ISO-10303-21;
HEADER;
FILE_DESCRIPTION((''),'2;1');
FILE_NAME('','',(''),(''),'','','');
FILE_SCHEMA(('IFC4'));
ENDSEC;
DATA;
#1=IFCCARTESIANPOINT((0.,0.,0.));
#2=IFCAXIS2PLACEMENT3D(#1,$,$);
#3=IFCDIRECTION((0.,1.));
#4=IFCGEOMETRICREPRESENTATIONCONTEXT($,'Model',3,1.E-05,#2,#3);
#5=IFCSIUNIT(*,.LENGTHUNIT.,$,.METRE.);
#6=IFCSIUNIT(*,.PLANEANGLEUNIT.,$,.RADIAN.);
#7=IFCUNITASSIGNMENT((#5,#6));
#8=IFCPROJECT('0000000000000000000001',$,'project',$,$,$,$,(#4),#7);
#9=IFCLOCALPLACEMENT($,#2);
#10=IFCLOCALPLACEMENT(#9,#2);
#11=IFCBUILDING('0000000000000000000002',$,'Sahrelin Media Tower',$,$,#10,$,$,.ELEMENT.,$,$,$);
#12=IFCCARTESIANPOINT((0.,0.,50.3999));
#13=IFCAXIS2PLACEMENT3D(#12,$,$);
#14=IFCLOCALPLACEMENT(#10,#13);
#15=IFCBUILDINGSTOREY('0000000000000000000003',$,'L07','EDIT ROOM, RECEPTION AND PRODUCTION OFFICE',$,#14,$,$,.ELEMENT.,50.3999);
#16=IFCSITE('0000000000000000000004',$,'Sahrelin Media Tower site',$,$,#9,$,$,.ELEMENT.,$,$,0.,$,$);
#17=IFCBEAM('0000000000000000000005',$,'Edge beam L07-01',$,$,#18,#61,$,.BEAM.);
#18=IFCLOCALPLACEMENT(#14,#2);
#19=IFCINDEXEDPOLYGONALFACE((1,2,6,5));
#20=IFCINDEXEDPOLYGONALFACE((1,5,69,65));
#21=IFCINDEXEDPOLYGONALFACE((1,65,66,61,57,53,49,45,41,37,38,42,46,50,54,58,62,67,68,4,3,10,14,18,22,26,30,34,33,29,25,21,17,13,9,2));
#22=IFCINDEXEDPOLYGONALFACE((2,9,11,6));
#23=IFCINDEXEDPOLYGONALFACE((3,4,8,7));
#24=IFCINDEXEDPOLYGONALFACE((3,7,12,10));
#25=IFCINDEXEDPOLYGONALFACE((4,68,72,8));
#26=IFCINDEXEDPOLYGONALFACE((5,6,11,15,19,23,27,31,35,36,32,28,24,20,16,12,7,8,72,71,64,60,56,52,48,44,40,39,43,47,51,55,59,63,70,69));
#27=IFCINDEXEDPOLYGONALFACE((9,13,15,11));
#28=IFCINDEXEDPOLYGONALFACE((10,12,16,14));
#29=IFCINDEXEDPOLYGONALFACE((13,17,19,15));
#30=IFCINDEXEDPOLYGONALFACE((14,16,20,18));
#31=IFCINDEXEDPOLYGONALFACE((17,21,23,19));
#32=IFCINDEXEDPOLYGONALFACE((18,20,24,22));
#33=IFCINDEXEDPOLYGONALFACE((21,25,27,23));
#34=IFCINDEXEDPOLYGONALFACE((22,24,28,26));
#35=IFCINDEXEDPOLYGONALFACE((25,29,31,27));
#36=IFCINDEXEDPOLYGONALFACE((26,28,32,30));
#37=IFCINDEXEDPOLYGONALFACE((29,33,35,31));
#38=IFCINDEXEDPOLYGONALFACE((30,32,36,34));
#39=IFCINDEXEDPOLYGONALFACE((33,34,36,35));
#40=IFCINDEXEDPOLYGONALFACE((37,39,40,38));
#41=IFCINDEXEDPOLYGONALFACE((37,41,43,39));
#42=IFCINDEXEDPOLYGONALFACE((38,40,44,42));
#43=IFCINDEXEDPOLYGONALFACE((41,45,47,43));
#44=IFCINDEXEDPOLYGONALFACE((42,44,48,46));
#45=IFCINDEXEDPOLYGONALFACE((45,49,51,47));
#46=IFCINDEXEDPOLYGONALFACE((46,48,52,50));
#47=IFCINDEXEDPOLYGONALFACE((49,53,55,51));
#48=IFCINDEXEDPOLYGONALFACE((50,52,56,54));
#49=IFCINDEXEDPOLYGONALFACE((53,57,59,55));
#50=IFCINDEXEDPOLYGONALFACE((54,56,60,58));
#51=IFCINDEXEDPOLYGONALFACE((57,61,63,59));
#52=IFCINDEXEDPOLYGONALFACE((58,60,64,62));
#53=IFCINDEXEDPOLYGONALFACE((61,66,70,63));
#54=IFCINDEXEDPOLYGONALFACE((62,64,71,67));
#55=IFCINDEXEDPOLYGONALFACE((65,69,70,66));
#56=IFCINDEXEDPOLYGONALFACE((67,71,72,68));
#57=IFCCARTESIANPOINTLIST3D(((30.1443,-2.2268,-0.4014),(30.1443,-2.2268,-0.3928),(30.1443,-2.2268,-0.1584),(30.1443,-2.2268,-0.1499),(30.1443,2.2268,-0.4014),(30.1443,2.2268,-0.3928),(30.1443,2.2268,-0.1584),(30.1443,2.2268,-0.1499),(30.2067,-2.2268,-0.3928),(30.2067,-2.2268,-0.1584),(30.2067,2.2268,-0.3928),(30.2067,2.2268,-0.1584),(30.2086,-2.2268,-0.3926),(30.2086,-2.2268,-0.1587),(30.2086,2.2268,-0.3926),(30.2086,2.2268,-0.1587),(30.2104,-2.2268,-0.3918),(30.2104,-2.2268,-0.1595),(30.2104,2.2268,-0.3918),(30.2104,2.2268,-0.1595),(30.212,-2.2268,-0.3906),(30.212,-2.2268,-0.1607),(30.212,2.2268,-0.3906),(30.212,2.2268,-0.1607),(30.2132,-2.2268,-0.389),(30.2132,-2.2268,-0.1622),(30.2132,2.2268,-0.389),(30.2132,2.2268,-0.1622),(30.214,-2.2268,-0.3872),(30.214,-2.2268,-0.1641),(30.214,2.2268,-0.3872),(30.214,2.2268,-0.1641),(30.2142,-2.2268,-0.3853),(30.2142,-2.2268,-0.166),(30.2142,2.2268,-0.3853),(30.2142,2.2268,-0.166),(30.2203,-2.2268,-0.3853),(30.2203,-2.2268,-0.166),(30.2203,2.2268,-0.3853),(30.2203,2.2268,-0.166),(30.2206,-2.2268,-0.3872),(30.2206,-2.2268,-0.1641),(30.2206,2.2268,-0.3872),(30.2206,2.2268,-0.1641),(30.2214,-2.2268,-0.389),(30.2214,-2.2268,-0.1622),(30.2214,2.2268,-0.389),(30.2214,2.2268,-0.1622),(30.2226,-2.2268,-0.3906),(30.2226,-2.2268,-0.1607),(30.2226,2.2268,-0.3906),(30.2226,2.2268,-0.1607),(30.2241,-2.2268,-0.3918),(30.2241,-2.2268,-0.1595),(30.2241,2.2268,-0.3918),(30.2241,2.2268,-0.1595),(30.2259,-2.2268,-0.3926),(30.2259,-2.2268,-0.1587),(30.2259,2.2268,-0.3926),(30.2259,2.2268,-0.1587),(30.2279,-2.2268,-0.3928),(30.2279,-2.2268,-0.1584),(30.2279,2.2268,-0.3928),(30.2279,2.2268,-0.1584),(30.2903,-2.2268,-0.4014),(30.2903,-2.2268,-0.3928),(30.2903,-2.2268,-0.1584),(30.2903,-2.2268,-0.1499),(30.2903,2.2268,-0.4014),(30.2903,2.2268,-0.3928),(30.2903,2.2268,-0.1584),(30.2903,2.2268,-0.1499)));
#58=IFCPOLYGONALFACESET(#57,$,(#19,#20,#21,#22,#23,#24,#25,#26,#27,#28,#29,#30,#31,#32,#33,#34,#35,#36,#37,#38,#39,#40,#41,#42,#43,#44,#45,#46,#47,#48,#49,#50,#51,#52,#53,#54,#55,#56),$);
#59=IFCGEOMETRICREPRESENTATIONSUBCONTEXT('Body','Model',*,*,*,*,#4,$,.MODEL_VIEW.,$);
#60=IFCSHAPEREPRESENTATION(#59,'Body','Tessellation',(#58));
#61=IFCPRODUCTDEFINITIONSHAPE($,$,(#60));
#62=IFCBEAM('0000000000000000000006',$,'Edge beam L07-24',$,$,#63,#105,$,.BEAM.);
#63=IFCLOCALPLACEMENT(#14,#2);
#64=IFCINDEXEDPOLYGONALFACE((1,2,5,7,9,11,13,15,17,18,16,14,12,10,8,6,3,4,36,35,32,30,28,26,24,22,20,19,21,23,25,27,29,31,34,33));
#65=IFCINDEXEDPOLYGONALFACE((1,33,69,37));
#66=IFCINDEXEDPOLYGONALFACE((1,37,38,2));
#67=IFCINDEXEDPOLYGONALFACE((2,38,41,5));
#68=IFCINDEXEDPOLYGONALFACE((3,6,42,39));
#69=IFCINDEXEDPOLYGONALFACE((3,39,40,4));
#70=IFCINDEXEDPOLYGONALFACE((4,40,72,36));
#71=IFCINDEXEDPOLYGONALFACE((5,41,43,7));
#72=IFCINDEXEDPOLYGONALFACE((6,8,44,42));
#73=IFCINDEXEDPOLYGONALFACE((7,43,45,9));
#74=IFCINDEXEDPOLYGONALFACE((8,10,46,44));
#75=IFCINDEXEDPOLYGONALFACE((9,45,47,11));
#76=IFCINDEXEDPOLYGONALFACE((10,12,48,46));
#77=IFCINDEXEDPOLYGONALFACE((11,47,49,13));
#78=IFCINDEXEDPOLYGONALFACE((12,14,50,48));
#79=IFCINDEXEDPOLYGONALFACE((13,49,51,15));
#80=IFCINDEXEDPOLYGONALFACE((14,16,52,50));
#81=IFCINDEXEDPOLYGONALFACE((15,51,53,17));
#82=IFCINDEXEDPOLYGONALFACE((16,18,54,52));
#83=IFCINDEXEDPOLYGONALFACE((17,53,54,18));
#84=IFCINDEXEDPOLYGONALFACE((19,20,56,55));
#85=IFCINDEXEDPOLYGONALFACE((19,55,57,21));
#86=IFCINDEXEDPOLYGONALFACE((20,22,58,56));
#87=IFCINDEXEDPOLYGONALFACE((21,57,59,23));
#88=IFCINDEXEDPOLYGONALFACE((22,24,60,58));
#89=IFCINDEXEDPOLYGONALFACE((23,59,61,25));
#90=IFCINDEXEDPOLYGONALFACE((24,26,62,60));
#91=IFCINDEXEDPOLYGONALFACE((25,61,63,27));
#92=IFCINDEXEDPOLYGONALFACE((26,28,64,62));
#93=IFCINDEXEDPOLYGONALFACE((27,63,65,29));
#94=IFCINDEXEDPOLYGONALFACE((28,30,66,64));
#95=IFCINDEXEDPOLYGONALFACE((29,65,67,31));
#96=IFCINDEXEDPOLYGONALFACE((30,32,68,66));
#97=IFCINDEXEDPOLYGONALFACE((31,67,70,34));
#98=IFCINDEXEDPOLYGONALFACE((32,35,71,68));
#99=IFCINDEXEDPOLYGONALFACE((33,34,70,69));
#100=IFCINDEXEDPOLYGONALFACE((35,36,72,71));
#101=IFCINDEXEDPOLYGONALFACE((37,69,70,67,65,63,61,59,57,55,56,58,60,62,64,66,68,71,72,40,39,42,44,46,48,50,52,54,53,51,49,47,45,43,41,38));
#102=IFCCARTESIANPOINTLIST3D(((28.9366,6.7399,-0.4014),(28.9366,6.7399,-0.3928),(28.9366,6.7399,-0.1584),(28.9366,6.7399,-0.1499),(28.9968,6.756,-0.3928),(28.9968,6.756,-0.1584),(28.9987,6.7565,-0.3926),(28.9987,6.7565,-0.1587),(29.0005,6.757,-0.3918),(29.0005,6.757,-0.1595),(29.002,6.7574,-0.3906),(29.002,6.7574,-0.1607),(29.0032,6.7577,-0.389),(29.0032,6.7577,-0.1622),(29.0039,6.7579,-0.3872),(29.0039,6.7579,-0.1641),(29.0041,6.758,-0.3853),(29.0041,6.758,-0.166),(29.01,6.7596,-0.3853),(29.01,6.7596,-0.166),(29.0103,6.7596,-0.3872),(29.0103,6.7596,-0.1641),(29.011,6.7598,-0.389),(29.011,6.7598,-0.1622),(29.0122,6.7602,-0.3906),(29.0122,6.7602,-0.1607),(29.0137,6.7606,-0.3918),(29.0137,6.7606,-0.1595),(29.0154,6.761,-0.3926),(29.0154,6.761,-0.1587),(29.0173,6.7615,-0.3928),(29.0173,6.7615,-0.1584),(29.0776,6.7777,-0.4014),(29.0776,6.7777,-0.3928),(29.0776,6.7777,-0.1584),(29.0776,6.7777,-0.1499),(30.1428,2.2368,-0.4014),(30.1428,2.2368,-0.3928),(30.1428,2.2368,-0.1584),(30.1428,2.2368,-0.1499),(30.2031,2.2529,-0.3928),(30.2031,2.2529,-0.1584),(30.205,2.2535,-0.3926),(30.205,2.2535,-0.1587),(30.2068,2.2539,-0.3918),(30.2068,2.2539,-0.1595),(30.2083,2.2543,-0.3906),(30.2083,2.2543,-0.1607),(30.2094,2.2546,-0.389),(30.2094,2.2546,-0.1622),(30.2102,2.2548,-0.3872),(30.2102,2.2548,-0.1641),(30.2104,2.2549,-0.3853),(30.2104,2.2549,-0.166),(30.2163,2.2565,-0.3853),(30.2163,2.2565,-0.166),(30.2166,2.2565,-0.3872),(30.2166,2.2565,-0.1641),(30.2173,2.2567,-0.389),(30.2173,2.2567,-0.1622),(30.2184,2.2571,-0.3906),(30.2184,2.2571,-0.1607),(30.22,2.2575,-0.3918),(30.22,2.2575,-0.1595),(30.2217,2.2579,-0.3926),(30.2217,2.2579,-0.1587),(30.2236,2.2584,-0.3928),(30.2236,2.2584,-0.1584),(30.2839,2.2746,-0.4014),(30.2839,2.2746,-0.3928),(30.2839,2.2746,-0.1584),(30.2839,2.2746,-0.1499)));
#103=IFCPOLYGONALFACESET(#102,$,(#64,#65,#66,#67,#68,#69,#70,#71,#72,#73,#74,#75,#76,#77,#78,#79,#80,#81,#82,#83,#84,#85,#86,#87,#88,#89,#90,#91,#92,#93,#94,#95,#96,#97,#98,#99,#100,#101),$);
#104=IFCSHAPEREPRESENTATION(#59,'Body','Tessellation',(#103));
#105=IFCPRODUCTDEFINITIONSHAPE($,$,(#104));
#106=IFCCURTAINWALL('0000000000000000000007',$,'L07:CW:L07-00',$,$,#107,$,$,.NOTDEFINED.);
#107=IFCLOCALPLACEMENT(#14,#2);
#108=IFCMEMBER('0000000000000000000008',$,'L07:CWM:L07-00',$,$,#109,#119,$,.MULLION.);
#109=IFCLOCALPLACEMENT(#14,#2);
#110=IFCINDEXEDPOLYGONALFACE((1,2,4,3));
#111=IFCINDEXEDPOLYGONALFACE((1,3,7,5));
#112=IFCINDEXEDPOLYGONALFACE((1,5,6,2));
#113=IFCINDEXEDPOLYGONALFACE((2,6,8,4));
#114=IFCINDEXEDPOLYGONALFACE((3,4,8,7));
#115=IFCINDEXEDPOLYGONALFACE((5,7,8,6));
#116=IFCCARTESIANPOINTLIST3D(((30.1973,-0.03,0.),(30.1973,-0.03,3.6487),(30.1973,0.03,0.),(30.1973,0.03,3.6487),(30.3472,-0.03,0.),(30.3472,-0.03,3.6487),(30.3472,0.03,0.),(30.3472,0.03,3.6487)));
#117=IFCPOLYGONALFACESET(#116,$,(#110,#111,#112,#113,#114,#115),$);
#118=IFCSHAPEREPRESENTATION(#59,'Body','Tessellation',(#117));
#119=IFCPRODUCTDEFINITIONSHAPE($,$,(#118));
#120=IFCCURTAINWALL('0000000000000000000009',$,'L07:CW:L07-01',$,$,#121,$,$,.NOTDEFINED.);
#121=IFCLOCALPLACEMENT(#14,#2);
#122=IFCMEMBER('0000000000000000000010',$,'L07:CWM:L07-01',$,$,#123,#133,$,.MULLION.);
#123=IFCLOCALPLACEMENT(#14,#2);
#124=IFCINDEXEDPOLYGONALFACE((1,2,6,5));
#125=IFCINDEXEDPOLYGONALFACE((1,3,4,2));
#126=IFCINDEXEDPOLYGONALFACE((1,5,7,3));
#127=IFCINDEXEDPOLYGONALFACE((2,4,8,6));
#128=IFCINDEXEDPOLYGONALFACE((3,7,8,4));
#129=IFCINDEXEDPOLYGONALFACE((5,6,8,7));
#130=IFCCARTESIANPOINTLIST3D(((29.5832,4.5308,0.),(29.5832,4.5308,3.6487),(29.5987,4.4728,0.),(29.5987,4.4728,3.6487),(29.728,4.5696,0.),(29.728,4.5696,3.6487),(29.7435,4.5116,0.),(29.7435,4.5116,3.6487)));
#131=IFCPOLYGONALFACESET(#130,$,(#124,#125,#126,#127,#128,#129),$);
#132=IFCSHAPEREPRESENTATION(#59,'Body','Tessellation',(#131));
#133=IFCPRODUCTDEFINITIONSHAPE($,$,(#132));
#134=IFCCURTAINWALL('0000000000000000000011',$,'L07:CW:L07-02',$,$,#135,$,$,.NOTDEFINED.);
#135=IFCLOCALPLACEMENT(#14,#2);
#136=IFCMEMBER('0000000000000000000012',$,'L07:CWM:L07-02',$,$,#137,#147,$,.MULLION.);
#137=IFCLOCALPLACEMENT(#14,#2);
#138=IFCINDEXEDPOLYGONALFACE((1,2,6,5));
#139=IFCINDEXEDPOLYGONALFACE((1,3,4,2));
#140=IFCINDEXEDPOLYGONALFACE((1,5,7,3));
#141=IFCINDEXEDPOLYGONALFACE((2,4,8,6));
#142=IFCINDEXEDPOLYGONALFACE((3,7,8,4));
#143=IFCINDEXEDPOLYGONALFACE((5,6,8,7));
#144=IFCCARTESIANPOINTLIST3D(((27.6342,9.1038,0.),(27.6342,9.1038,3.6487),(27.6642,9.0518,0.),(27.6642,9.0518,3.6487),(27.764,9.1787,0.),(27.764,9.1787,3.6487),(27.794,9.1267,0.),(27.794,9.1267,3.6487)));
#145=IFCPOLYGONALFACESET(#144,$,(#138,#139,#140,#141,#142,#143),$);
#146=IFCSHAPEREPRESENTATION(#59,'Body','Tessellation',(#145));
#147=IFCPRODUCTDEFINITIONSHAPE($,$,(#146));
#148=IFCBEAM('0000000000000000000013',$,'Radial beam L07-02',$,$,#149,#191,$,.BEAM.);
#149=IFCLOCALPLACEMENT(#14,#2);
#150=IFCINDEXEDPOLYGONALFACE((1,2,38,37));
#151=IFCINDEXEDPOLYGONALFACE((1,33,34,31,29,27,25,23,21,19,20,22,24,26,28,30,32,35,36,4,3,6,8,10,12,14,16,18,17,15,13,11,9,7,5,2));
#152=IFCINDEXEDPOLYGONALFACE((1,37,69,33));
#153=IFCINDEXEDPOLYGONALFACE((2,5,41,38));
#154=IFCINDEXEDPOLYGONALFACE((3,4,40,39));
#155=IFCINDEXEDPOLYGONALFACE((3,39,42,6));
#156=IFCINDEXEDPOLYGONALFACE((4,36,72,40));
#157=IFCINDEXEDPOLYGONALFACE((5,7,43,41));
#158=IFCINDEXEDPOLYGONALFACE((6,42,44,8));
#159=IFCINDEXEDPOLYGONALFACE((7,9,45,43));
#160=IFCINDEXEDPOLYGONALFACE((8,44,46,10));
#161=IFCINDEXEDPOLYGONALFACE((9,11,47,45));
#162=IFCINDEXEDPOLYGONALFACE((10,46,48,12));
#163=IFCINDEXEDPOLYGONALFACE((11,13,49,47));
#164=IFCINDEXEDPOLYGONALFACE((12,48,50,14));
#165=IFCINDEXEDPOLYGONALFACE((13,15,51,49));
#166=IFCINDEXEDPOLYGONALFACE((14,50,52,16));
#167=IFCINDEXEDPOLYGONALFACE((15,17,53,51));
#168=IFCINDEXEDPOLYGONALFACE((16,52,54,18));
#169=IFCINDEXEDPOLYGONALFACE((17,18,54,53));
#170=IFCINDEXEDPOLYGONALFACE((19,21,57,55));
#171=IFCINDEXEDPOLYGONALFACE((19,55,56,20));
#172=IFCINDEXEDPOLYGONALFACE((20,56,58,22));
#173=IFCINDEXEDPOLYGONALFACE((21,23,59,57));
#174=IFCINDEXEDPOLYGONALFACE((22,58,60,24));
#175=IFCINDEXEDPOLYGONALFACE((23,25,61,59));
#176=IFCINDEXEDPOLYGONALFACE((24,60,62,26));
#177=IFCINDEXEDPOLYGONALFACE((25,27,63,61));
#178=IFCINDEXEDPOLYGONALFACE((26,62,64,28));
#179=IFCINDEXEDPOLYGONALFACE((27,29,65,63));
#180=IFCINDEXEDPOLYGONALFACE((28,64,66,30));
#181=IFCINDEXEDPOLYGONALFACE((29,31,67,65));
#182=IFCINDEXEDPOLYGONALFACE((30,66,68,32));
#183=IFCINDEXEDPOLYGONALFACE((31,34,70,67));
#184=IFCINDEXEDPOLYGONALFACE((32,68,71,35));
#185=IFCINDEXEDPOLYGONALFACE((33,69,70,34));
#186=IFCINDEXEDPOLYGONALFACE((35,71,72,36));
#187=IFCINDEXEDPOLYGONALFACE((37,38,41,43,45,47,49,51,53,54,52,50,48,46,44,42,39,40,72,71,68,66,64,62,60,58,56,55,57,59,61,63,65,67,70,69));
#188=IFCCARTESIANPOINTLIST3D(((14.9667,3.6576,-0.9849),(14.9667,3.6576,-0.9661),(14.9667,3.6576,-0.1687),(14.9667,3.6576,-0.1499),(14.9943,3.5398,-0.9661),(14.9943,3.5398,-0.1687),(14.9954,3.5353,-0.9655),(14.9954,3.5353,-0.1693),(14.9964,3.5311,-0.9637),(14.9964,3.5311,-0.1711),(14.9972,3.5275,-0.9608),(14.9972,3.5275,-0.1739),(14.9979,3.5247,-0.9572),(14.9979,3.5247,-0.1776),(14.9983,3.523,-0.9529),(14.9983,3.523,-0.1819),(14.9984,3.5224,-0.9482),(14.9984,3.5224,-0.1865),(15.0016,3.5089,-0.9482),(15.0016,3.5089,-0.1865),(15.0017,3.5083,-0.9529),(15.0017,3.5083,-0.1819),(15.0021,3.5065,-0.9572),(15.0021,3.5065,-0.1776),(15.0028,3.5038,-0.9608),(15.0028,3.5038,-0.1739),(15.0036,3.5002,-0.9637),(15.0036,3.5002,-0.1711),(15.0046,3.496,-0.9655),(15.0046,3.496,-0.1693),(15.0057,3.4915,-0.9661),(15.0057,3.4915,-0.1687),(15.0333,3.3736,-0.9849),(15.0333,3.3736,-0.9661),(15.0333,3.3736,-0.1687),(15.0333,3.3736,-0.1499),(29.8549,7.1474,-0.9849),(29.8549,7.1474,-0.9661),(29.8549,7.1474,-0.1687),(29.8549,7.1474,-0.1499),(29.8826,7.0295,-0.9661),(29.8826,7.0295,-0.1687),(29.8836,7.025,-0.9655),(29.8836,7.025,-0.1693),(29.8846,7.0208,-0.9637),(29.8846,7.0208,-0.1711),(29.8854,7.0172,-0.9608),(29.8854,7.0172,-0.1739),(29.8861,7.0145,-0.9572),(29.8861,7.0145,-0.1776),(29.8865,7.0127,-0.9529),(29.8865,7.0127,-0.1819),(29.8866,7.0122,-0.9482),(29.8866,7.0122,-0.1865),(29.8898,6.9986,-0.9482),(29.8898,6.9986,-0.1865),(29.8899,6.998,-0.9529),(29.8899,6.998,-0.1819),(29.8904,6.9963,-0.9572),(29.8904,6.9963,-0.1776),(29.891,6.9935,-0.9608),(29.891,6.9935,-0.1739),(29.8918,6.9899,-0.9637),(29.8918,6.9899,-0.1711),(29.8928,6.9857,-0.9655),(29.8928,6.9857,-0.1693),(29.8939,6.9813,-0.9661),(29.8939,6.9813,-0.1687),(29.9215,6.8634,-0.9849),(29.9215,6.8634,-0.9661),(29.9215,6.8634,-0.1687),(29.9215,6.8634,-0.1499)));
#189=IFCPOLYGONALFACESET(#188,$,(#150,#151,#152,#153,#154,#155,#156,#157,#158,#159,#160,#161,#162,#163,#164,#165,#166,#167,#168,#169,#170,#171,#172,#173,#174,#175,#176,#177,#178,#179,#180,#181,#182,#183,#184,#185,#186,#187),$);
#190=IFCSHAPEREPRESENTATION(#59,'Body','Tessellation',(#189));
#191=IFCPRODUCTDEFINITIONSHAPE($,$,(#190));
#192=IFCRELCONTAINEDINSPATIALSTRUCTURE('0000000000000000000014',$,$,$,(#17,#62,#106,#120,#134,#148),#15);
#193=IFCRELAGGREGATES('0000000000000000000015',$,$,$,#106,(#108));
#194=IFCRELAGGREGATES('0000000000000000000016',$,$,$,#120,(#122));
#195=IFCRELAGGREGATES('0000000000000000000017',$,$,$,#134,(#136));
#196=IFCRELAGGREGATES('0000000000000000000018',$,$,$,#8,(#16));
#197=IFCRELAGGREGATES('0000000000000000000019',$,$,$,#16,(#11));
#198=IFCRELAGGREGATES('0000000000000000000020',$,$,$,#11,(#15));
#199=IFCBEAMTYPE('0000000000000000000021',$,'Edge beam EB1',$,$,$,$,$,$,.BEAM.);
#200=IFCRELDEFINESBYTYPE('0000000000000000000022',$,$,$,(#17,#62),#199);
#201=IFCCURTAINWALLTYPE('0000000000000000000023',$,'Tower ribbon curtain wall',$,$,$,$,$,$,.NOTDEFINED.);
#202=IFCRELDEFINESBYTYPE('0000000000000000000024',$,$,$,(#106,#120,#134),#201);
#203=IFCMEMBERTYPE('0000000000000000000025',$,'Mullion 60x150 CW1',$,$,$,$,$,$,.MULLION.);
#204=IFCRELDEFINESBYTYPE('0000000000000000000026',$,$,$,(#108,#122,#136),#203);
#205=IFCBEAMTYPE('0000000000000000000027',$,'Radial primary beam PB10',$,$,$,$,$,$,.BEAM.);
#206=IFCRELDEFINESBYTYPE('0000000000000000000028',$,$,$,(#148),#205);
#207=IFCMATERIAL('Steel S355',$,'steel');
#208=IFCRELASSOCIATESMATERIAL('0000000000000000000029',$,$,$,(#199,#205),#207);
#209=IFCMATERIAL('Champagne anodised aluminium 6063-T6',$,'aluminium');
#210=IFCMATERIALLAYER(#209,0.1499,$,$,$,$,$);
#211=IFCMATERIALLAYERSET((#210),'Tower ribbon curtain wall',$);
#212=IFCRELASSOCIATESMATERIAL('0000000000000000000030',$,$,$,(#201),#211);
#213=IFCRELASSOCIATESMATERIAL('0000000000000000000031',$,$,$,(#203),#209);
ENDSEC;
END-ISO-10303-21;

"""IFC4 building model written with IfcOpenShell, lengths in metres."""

from ifc_helpers import new_model, si_unit, direction, frame, origin, origin_2d, place, context, subcontext, project, spatial, rectangle, i_section, extrude, material, layer, layer_set, material_profile, profile_set, type_object, element, aggregate, save


model = new_model("IFC4")

# Units and contexts
model_context = context("Model", 3, precision=1e-05, world=origin(), true_north=direction((0.0, 1.0)))
body_context = subcontext(model_context, "Body", "Model", "MODEL_VIEW")
ifc_project = project(units=[si_unit("LENGTHUNIT", "METRE"), si_unit("PLANEANGLEUNIT", "RADIAN")], contexts=[model_context])

# Site, building, storey
site_placement = place(None, origin())
site = spatial("IfcSite", under=ifc_project, at=site_placement, Name="Sahrelin Media Tower site", CompositionType="ELEMENT", RefElevation=0.0)
building_placement = place(site_placement, origin())
building = spatial("IfcBuilding", under=site, at=building_placement, Name="Sahrelin Media Tower", CompositionType="ELEMENT")
storey_placement = place(building_placement, frame((0.0, 0.0, 50.3999)))
storey = spatial("IfcBuildingStorey", under=building, at=storey_placement, Name="L07", Description="EDIT ROOM, RECEPTION AND PRODUCTION OFFICE", CompositionType="ELEMENT", Elevation=50.3999)

# Beams
ifc_material_1 = material(Name="Steel S355", Category="steel")
ifc_material_profile_1 = material_profile(ifc_material_1, i_section(OverallWidth=0.146, OverallDepth=0.2515, WebThickness=0.0061, FlangeThickness=0.0085, FilletRadius=0.0076, at=origin_2d()), Name="UB 254x146x31")
ifc_profile_set_1 = profile_set([ifc_material_profile_1], Name="Steel S355")
beam_type_1 = type_object("IfcBeamType", Name="Edge beam EB1", PredefinedType="BEAM", material=ifc_profile_set_1)
beam_1_placement = place(storey_placement, frame((30.2173, 2.2268, -0.2756), z_axis=(0.0, -1.0, 0.0), x_axis=(1.0, 0.0, 0.0)))
element("IfcBeam", 1, at=beam_1_placement, inside=storey, type_object=beam_type_1, Name="Edge beam L07-01", PredefinedType="BEAM", context=body_context, shape_type="SweptSolid", body=[
    extrude(i_section(OverallWidth=0.146, OverallDepth=0.2515, WebThickness=0.0061, FlangeThickness=0.0085, FilletRadius=0.0076, at=origin_2d()), origin(), (0.0, 0.0, 1.0), 4.4536),
])
beam_2_placement = place(storey_placement, frame((29.0071, 6.7588, -0.2756), z_axis=(0.258754, -0.965943, 0.0), x_axis=(0.965943, 0.258754, 0.0)))
element("IfcBeam", 2, at=beam_2_placement, inside=storey, type_object=beam_type_1, Name="Edge beam L07-24", PredefinedType="BEAM", context=body_context, shape_type="SweptSolid", body=[
    extrude(i_section(OverallWidth=0.146, OverallDepth=0.2515, WebThickness=0.0061, FlangeThickness=0.0085, FilletRadius=0.0076, at=origin_2d()), origin(), (0.0, 0.0, 1.0), 4.6619),
])

# Curtain walls, members
ifc_material_2 = material(Name="Champagne anodised aluminium 6063-T6", Category="aluminium")
ifc_layer_1 = layer(ifc_material_2, 0.1499)
ifc_layer_set_1 = layer_set([ifc_layer_1], Name="Tower ribbon curtain wall")
curtain_wall_type = type_object("IfcCurtainWallType", Name="Tower ribbon curtain wall", PredefinedType="NOTDEFINED", material=ifc_layer_set_1)
curtain_wall_1_placement = place(storey_placement, frame((30.3672, 0.0, 0.0), z_axis=(0.0, 0.0, 1.0), x_axis=(1.0, 0.0, 0.0)))
curtain_wall_1 = element("IfcCurtainWall", 3, at=curtain_wall_1_placement, inside=storey, type_object=curtain_wall_type, Name="L07:CW:L07-00", PredefinedType="NOTDEFINED")
ifc_material_profile_2 = material_profile(ifc_material_2, rectangle(XDim=0.0601, YDim=0.1499, at=origin_2d()), Name="Mullion 60x150")
ifc_profile_set_2 = profile_set([ifc_material_profile_2], Name="Champagne anodised aluminium 6063-T6")
member_type_1 = type_object("IfcMemberType", Name="Mullion 60x150 CW1", PredefinedType="MULLION", material=ifc_profile_set_2)
member_1_placement = place(storey_placement, frame((30.2722, 0.0, 0.0), z_axis=(0.0, 0.0, 1.0), x_axis=(0.0, 1.0, 0.0)))
member_1 = element("IfcMember", 4, at=member_1_placement, type_object=member_type_1, Name="L07:CWM:L07-00", PredefinedType="MULLION", context=body_context, shape_type="SweptSolid", body=[
    extrude(rectangle(XDim=0.0601, YDim=0.1499, at=origin_2d()), origin(), (0.0, 0.0, 1.0), 3.6487),
])
aggregate(curtain_wall_1, [member_1])
curtain_wall_2_placement = place(storey_placement, frame((29.7551, 4.5459, 0.0), z_axis=(0.0, 0.0, 1.0), x_axis=(1.0, 0.0, 0.0)))
curtain_wall_2 = element("IfcCurtainWall", 5, at=curtain_wall_2_placement, inside=storey, type_object=curtain_wall_type, Name="L07:CW:L07-01", PredefinedType="NOTDEFINED")
member_2_placement = place(storey_placement, frame((29.6633, 4.5212, 0.0), z_axis=(0.0, 0.0, 1.0), x_axis=(-0.258806, 0.965929, 0.0)))
member_2 = element("IfcMember", 6, at=member_2_placement, type_object=member_type_1, Name="L07:CWM:L07-01", PredefinedType="MULLION", context=body_context, shape_type="SweptSolid", body=[
    extrude(rectangle(XDim=0.0601, YDim=0.1499, at=origin_2d()), origin(), (0.0, 0.0, 1.0), 3.6487),
])
curtain_wall_3_placement = place(storey_placement, frame((27.7964, 9.1628, 0.0), z_axis=(0.0, 0.0, 1.0), x_axis=(1.0, 0.0, 0.0)))
curtain_wall_3 = element("IfcCurtainWall", 7, at=curtain_wall_3_placement, inside=storey, type_object=curtain_wall_type, Name="L07:CW:L07-02", PredefinedType="NOTDEFINED")
member_3_placement = place(storey_placement, frame((27.7141, 9.1152, 0.0), z_axis=(0.0, 0.0, 1.0), x_axis=(-0.500002, 0.866025, 0.0)))
member_3 = element("IfcMember", 8, at=member_3_placement, type_object=member_type_1, Name="L07:CWM:L07-02", PredefinedType="MULLION", context=body_context, shape_type="SweptSolid", body=[
    extrude(rectangle(XDim=0.0601, YDim=0.1499, at=origin_2d()), origin(), (0.0, 0.0, 1.0), 3.6487),
])

# Beam
ifc_material_profile_3 = material_profile(ifc_material_1, i_section(OverallWidth=0.2917, OverallDepth=0.835, WebThickness=0.0139, FlangeThickness=0.0188, FilletRadius=0.0178, at=origin_2d()), Name="UB 838x292x176")
ifc_profile_set_3 = profile_set([ifc_material_profile_3], Name="Steel S355")
beam_type_2 = type_object("IfcBeamType", Name="Radial primary beam PB10", PredefinedType="BEAM", material=ifc_profile_set_3)
beam_3_placement = place(storey_placement, frame((15.0, 3.5156, -0.5674), z_axis=(0.973612, 0.228212, 0.0), x_axis=(-0.228212, 0.973612, 0.0)))
element("IfcBeam", 9, at=beam_3_placement, inside=storey, type_object=beam_type_2, Name="Radial beam L07-02", PredefinedType="BEAM", context=body_context, shape_type="SweptSolid", body=[
    extrude(i_section(OverallWidth=0.2917, OverallDepth=0.835, WebThickness=0.0139, FlangeThickness=0.0188, FilletRadius=0.0178, at=origin_2d()), origin(), (0.0, 0.0, 1.0), 15.2917),
])

aggregate(curtain_wall_2, [member_2])
aggregate(curtain_wall_3, [member_3])

save(model, "model.ifc")
